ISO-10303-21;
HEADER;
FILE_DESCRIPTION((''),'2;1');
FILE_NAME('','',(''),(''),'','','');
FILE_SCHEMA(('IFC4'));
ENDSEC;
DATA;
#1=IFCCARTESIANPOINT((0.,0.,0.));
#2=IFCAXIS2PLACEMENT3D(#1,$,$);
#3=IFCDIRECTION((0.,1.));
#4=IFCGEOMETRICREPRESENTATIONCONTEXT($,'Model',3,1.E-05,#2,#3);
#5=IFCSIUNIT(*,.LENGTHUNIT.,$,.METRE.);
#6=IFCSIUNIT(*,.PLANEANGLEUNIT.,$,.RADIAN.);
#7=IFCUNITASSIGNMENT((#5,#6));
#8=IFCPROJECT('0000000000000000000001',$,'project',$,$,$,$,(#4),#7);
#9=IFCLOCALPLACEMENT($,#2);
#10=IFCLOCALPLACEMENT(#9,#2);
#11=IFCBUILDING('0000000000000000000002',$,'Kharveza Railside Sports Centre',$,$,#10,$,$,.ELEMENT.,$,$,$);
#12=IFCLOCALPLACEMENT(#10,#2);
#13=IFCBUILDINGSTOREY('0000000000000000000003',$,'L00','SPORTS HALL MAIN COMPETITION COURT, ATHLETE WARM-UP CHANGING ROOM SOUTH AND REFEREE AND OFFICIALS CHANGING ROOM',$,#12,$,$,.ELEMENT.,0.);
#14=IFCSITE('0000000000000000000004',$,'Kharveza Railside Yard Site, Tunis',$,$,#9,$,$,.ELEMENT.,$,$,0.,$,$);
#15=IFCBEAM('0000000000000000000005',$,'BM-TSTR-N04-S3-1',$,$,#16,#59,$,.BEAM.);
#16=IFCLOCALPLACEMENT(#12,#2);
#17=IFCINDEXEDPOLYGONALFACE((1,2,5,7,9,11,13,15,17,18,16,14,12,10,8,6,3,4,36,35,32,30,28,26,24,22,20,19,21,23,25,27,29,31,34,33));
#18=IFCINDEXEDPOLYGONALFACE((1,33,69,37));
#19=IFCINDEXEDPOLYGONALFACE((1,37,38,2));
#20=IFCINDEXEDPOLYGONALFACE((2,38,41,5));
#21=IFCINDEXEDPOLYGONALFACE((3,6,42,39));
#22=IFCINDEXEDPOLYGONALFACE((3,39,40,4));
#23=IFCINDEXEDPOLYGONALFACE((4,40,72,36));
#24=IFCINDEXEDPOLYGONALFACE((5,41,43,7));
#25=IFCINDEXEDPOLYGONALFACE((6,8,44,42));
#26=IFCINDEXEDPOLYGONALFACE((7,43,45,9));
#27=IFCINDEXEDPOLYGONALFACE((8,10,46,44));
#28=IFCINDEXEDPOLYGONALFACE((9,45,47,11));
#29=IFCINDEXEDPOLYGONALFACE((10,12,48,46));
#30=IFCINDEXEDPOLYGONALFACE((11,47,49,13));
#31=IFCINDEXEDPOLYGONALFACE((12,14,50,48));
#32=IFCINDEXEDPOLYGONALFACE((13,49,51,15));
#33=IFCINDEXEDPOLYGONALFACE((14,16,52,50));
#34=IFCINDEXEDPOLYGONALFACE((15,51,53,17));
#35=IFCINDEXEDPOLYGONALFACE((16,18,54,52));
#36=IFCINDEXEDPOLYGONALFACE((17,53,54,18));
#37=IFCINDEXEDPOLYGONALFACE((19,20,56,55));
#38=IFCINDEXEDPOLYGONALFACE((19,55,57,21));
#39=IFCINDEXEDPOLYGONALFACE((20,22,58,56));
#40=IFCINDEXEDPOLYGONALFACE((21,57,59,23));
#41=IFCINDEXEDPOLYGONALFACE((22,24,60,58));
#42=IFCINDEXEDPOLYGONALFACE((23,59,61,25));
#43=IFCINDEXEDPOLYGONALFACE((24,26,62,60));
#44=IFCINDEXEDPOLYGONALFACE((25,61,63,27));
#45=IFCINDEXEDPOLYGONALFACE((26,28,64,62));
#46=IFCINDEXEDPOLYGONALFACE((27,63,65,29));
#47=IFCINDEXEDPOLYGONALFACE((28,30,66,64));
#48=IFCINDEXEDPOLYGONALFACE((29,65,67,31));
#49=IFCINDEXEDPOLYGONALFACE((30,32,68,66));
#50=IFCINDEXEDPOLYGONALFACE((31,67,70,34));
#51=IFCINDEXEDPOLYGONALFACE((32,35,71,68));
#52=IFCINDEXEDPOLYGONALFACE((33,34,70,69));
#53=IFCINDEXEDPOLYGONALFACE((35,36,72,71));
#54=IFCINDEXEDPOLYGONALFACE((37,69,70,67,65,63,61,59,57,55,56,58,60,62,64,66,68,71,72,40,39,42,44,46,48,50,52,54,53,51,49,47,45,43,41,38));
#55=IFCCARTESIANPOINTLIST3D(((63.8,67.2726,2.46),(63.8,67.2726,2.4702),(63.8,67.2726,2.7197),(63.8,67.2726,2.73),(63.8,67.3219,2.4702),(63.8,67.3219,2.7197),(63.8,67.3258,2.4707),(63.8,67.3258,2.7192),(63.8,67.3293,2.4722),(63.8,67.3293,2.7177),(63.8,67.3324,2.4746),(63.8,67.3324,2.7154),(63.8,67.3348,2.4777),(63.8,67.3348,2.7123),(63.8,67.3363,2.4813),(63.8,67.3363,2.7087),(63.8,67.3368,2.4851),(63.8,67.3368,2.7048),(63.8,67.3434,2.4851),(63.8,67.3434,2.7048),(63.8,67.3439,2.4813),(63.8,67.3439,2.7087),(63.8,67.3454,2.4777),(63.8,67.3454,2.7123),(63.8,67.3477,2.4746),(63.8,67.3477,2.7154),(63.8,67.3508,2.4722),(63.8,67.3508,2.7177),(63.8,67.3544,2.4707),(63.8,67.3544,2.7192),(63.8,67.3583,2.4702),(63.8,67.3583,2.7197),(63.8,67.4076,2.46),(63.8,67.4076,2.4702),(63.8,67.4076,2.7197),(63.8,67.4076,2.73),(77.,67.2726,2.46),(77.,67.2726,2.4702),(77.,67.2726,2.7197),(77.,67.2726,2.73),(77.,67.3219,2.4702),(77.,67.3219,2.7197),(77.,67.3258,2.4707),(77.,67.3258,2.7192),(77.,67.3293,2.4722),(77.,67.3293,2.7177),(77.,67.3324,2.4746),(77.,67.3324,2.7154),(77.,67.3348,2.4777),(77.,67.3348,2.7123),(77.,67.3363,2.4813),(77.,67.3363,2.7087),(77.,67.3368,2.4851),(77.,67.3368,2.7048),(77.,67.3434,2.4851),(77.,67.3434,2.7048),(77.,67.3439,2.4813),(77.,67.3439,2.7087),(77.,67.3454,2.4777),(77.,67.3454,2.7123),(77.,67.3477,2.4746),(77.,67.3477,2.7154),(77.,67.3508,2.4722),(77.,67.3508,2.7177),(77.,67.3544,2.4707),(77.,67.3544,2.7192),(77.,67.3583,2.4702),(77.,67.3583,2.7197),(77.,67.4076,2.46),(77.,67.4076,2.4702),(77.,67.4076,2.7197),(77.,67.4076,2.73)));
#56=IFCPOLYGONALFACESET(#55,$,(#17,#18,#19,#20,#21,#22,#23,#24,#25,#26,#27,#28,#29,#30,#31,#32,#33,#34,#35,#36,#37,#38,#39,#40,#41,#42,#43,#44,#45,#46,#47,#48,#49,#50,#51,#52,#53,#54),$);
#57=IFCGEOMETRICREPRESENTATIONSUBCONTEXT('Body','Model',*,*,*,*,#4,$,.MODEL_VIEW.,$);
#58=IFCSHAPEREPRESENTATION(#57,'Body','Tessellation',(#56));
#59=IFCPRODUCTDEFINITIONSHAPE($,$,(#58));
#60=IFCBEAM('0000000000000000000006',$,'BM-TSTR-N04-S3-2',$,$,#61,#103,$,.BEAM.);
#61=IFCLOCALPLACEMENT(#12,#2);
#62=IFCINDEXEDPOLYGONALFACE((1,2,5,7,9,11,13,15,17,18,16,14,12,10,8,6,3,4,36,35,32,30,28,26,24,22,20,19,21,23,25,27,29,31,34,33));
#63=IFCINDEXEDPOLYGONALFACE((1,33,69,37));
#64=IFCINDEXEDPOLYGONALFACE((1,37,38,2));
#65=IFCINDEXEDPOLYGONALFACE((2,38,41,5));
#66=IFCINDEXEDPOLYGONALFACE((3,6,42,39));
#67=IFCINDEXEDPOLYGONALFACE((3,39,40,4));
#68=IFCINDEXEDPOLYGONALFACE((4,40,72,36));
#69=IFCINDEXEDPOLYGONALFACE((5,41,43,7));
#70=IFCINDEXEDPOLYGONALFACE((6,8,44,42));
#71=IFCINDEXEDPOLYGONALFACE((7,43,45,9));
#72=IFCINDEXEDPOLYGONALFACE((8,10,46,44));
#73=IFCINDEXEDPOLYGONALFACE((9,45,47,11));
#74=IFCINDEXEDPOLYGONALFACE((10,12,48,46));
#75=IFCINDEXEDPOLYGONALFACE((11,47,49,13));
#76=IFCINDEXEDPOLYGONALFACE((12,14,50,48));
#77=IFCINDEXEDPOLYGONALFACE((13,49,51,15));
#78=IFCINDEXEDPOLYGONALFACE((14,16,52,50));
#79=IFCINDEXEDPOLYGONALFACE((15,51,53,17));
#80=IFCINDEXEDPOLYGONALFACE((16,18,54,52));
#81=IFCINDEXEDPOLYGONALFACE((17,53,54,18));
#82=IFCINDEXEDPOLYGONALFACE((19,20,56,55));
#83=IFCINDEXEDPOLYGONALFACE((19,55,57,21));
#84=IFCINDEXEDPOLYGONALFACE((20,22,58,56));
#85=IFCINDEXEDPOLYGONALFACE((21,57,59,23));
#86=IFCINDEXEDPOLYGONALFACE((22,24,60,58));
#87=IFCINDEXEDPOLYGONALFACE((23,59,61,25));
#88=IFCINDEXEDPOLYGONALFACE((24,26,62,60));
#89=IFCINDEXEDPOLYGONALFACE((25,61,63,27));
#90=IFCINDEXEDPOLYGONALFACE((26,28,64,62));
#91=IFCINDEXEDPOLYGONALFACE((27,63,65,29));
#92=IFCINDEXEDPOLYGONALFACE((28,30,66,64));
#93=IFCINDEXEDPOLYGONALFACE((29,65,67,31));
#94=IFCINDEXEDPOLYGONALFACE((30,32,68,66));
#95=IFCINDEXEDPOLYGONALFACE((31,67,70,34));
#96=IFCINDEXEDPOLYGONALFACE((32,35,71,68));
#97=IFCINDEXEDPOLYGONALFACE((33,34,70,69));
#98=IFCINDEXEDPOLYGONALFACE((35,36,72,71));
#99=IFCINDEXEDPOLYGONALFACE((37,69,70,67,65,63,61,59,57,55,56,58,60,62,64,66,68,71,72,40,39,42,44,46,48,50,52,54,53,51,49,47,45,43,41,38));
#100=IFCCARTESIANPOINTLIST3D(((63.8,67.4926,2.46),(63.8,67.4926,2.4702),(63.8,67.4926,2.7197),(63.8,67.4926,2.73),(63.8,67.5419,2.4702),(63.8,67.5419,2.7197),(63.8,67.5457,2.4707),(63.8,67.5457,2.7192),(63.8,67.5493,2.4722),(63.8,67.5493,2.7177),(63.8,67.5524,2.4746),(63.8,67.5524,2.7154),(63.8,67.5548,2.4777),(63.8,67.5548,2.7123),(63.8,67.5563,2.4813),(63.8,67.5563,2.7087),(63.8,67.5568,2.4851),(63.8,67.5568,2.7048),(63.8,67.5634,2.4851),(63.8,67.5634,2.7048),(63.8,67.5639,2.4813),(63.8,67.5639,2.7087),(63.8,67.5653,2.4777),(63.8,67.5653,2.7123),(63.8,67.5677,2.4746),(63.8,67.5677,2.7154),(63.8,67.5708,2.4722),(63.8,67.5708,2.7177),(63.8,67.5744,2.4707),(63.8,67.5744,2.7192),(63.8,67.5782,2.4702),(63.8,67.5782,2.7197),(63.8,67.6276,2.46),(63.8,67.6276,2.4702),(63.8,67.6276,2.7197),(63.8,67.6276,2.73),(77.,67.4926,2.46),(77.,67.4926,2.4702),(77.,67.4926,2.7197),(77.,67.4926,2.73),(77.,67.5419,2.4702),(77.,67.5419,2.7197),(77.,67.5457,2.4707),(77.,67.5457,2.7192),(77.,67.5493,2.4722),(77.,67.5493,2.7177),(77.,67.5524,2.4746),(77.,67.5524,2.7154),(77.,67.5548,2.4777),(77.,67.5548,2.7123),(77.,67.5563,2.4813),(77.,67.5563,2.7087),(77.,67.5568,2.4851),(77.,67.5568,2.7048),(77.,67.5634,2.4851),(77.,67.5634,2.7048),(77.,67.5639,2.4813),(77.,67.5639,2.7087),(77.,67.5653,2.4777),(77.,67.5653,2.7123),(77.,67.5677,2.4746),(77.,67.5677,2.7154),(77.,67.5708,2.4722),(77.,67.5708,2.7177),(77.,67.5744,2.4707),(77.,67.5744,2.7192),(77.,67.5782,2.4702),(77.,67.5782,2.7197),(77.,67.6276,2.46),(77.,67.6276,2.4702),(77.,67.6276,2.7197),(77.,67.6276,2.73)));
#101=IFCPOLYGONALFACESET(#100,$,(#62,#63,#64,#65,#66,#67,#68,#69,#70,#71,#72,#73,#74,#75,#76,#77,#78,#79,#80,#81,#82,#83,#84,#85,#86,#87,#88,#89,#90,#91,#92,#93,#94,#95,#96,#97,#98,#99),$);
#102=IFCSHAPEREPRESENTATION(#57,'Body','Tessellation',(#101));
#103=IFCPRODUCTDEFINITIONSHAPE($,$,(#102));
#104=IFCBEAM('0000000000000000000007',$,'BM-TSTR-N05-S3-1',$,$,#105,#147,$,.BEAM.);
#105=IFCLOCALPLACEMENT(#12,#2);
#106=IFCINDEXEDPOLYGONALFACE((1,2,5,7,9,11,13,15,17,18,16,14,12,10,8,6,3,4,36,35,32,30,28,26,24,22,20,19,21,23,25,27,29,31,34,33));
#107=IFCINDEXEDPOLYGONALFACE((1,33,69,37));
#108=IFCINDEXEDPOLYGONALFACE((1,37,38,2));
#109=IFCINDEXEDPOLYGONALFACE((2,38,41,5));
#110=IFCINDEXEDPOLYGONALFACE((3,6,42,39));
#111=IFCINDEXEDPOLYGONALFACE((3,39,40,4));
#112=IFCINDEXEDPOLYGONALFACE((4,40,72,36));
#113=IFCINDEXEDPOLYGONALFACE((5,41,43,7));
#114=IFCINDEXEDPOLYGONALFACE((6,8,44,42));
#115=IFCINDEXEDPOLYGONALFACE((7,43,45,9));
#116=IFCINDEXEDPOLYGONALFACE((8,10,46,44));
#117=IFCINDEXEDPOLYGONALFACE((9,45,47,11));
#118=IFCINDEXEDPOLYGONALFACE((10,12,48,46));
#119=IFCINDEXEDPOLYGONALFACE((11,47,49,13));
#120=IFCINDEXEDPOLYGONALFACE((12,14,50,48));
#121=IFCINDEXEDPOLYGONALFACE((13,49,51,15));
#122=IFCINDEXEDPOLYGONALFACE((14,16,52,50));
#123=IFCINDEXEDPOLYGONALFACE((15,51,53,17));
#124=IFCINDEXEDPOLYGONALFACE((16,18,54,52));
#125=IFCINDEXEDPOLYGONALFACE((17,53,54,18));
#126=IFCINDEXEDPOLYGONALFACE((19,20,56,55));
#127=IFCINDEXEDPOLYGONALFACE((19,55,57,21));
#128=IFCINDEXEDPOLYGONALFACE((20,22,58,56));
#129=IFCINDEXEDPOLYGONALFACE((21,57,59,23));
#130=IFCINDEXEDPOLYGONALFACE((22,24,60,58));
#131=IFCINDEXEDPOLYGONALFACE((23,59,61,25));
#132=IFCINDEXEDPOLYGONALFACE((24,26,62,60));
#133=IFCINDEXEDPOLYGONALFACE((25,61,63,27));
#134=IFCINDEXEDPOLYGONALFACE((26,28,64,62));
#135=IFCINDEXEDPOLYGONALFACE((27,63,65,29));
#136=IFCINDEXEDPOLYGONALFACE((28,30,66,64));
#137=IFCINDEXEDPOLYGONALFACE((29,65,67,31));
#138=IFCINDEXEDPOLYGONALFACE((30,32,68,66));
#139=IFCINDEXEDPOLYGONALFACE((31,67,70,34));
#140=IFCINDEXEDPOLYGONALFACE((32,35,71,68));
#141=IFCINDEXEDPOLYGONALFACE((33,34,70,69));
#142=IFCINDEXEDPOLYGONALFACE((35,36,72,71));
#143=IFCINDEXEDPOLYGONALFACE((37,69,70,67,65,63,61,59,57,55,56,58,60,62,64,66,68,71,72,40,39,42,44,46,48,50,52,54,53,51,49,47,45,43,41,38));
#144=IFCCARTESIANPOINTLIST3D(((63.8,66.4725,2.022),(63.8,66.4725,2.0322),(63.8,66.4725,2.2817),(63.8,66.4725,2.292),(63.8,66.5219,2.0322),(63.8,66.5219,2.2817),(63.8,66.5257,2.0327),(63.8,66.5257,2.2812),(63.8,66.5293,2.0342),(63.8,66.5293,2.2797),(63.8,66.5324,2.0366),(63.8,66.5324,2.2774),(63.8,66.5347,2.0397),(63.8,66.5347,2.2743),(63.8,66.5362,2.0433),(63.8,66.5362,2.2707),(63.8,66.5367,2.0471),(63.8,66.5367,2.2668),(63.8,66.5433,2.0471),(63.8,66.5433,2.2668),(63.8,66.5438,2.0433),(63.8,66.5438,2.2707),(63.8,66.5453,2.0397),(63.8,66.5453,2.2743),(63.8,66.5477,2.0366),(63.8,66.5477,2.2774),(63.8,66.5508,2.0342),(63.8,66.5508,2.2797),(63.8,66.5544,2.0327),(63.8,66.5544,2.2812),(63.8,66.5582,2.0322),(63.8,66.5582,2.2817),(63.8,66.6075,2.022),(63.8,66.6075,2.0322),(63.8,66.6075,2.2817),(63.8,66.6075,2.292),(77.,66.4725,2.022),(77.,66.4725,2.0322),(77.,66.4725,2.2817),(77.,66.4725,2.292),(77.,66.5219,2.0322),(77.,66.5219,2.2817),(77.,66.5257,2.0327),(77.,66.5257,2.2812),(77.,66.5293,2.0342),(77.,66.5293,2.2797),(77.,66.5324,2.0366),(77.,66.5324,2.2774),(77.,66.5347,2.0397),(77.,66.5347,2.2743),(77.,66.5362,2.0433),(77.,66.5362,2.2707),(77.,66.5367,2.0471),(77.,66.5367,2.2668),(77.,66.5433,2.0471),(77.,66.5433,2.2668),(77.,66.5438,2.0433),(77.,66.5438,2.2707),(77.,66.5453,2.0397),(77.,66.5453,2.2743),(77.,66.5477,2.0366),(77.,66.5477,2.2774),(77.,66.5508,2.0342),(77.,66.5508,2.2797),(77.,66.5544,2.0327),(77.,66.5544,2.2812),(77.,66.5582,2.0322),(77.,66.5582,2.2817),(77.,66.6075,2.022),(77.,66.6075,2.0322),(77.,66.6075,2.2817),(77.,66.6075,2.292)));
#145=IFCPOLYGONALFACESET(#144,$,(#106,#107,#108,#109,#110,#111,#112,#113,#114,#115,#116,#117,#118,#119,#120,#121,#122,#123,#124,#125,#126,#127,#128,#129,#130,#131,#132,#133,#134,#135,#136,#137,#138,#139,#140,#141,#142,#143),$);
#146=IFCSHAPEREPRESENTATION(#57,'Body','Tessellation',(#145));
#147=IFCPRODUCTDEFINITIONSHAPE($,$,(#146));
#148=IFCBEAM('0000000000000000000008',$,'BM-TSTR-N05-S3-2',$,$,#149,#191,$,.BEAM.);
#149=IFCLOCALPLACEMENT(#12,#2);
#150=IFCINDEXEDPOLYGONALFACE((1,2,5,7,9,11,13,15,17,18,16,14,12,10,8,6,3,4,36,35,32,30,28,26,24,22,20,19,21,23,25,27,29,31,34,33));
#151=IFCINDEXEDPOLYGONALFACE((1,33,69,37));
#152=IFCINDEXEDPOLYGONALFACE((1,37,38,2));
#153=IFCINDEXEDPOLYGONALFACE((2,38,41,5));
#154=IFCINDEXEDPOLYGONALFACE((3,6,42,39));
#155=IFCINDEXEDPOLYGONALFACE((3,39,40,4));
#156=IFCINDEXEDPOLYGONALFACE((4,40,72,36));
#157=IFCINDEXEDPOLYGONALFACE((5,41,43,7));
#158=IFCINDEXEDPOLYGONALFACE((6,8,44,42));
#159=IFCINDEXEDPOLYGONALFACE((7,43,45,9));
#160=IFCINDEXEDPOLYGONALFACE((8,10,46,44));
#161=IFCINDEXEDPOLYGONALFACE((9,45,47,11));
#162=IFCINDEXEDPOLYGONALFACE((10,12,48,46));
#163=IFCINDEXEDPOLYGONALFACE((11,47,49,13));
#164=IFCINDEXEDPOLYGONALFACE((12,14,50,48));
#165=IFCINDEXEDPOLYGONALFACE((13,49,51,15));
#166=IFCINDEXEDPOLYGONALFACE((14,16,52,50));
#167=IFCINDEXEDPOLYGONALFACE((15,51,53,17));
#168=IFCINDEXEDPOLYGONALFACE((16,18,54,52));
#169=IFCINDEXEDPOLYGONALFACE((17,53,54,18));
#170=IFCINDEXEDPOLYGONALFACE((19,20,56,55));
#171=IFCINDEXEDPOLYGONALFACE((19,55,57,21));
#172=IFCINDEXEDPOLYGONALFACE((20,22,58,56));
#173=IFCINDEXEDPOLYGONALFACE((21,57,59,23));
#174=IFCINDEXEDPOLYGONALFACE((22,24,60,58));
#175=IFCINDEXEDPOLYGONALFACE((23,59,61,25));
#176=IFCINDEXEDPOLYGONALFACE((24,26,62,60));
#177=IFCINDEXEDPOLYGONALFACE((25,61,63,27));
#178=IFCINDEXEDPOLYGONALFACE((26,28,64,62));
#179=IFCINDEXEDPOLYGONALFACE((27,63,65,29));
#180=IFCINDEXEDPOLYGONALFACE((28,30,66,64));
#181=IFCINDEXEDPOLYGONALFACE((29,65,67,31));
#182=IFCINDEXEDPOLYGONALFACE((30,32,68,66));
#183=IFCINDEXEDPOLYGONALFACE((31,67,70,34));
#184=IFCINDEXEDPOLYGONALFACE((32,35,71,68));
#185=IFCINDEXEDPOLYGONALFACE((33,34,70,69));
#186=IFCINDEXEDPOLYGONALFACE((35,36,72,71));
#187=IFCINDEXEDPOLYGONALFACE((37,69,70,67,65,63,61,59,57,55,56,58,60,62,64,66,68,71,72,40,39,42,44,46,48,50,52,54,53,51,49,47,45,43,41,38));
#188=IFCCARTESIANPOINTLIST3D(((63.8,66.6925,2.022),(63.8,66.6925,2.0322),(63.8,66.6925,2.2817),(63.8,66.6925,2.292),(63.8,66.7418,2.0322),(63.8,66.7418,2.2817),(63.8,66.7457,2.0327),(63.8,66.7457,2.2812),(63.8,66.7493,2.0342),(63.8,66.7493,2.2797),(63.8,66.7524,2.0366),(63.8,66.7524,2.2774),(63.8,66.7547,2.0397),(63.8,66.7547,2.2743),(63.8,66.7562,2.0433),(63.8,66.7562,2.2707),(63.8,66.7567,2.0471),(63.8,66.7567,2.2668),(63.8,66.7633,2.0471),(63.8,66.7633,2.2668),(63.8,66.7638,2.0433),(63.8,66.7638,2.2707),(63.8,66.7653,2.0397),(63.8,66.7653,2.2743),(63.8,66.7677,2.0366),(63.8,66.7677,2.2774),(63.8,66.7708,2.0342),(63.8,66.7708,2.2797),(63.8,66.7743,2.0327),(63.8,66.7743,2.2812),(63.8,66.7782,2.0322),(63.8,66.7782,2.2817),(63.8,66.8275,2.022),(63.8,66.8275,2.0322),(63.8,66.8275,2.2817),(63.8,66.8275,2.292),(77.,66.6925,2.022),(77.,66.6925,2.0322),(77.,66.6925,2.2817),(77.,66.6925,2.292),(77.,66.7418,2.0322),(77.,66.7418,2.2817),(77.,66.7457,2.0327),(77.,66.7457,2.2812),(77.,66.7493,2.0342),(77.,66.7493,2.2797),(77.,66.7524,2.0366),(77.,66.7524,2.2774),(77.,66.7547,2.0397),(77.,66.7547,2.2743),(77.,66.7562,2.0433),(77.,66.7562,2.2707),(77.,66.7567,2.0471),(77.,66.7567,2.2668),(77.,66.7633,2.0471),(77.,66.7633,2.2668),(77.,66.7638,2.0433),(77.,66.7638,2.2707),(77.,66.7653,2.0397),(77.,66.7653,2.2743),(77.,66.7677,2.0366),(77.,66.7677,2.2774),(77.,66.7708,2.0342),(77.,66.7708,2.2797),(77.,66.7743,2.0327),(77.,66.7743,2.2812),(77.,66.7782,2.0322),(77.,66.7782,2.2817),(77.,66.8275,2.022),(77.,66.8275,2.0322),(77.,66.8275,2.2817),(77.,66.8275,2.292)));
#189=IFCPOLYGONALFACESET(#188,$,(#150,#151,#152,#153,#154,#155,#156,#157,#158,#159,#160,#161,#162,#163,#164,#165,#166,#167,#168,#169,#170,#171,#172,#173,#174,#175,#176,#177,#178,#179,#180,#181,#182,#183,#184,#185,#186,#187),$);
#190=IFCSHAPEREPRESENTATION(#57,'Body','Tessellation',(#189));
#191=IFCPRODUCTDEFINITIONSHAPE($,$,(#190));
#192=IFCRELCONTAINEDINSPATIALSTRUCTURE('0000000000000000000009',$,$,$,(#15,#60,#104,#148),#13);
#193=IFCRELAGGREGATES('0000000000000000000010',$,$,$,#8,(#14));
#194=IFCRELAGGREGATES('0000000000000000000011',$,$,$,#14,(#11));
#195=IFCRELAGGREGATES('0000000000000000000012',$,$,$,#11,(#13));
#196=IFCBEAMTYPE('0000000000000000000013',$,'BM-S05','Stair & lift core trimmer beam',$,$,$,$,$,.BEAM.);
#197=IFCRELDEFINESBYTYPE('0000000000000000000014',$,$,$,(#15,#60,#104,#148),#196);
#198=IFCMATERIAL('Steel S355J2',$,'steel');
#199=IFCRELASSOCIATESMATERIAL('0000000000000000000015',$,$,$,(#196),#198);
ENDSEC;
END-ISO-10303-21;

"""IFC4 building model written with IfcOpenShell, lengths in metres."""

from ifc_helpers import new_model, si_unit, direction, frame, origin, origin_2d, place, context, subcontext, project, spatial, i_section, extrude, material, material_profile, profile_set, type_object, element, save


model = new_model("IFC4")

# Units and contexts
model_context = context("Model", 3, precision=1e-05, world=origin(), true_north=direction((0.0, 1.0)))
body_context = subcontext(model_context, "Body", "Model", "MODEL_VIEW")
ifc_project = project(units=[si_unit("LENGTHUNIT", "METRE"), si_unit("PLANEANGLEUNIT", "RADIAN")], contexts=[model_context])

# Site, building, storey
site_placement = place(None, origin())
site = spatial("IfcSite", under=ifc_project, at=site_placement, Name="Kharveza Railside Yard Site, Tunis", CompositionType="ELEMENT", RefElevation=0.0)
building_placement = place(site_placement, origin())
building = spatial("IfcBuilding", under=site, at=building_placement, Name="Kharveza Railside Sports Centre", CompositionType="ELEMENT")
storey_placement = place(building_placement, origin())
storey = spatial("IfcBuildingStorey", under=building, at=storey_placement, Name="L00", Description="SPORTS HALL MAIN COMPETITION COURT, ATHLETE WARM-UP CHANGING ROOM SOUTH AND REFEREE AND OFFICIALS CHANGING ROOM", CompositionType="ELEMENT", Elevation=0.0)

# Shared definitions
ifc_material_1 = material(Name="Steel S355J2", Category="steel")

# Beams
ifc_material_profile_1 = material_profile(ifc_material_1, i_section(OverallWidth=0.135, OverallDepth=0.27, WebThickness=0.0066, FlangeThickness=0.0103, FilletRadius=0.0149, at=origin_2d()), Name="IPE 270")
ifc_profile_set_1 = profile_set([ifc_material_profile_1], Name="Steel S355J2")
beam_type = type_object("IfcBeamType", Name="BM-S05", Description="Stair & lift core trimmer beam", PredefinedType="BEAM", material=ifc_profile_set_1)
for number, where, z_axis, x_axis, name in (
    (1, (63.8, 67.3401, 2.595), (1.0, 0.0, 0.0), (0.0, 1.0, 0.0), "BM-TSTR-N04-S3-1"),
    (2, (63.8, 67.5601, 2.595), (1.0, 0.0, 0.0), (0.0, 1.0, 0.0), "BM-TSTR-N04-S3-2"),
    (3, (63.8, 66.54, 2.157), (1.0, 0.0, 0.0), (0.0, 1.0, 0.0), "BM-TSTR-N05-S3-1"),
    (4, (63.8, 66.76, 2.157), (1.0, 0.0, 0.0), (0.0, 1.0, 0.0), "BM-TSTR-N05-S3-2"),
):
    element("IfcBeam", number, at=place(storey_placement, frame(where, z_axis=z_axis, x_axis=x_axis)), inside=storey, type_object=beam_type, Name=name, PredefinedType="BEAM", context=body_context, shape_type="SweptSolid", body=[
        extrude(i_section(OverallWidth=0.135, OverallDepth=0.27, WebThickness=0.0066, FlangeThickness=0.0103, FilletRadius=0.0149, at=origin_2d()), origin(), (0.0, 0.0, 1.0), 13.2),
    ])

save(model, "model.ifc")
